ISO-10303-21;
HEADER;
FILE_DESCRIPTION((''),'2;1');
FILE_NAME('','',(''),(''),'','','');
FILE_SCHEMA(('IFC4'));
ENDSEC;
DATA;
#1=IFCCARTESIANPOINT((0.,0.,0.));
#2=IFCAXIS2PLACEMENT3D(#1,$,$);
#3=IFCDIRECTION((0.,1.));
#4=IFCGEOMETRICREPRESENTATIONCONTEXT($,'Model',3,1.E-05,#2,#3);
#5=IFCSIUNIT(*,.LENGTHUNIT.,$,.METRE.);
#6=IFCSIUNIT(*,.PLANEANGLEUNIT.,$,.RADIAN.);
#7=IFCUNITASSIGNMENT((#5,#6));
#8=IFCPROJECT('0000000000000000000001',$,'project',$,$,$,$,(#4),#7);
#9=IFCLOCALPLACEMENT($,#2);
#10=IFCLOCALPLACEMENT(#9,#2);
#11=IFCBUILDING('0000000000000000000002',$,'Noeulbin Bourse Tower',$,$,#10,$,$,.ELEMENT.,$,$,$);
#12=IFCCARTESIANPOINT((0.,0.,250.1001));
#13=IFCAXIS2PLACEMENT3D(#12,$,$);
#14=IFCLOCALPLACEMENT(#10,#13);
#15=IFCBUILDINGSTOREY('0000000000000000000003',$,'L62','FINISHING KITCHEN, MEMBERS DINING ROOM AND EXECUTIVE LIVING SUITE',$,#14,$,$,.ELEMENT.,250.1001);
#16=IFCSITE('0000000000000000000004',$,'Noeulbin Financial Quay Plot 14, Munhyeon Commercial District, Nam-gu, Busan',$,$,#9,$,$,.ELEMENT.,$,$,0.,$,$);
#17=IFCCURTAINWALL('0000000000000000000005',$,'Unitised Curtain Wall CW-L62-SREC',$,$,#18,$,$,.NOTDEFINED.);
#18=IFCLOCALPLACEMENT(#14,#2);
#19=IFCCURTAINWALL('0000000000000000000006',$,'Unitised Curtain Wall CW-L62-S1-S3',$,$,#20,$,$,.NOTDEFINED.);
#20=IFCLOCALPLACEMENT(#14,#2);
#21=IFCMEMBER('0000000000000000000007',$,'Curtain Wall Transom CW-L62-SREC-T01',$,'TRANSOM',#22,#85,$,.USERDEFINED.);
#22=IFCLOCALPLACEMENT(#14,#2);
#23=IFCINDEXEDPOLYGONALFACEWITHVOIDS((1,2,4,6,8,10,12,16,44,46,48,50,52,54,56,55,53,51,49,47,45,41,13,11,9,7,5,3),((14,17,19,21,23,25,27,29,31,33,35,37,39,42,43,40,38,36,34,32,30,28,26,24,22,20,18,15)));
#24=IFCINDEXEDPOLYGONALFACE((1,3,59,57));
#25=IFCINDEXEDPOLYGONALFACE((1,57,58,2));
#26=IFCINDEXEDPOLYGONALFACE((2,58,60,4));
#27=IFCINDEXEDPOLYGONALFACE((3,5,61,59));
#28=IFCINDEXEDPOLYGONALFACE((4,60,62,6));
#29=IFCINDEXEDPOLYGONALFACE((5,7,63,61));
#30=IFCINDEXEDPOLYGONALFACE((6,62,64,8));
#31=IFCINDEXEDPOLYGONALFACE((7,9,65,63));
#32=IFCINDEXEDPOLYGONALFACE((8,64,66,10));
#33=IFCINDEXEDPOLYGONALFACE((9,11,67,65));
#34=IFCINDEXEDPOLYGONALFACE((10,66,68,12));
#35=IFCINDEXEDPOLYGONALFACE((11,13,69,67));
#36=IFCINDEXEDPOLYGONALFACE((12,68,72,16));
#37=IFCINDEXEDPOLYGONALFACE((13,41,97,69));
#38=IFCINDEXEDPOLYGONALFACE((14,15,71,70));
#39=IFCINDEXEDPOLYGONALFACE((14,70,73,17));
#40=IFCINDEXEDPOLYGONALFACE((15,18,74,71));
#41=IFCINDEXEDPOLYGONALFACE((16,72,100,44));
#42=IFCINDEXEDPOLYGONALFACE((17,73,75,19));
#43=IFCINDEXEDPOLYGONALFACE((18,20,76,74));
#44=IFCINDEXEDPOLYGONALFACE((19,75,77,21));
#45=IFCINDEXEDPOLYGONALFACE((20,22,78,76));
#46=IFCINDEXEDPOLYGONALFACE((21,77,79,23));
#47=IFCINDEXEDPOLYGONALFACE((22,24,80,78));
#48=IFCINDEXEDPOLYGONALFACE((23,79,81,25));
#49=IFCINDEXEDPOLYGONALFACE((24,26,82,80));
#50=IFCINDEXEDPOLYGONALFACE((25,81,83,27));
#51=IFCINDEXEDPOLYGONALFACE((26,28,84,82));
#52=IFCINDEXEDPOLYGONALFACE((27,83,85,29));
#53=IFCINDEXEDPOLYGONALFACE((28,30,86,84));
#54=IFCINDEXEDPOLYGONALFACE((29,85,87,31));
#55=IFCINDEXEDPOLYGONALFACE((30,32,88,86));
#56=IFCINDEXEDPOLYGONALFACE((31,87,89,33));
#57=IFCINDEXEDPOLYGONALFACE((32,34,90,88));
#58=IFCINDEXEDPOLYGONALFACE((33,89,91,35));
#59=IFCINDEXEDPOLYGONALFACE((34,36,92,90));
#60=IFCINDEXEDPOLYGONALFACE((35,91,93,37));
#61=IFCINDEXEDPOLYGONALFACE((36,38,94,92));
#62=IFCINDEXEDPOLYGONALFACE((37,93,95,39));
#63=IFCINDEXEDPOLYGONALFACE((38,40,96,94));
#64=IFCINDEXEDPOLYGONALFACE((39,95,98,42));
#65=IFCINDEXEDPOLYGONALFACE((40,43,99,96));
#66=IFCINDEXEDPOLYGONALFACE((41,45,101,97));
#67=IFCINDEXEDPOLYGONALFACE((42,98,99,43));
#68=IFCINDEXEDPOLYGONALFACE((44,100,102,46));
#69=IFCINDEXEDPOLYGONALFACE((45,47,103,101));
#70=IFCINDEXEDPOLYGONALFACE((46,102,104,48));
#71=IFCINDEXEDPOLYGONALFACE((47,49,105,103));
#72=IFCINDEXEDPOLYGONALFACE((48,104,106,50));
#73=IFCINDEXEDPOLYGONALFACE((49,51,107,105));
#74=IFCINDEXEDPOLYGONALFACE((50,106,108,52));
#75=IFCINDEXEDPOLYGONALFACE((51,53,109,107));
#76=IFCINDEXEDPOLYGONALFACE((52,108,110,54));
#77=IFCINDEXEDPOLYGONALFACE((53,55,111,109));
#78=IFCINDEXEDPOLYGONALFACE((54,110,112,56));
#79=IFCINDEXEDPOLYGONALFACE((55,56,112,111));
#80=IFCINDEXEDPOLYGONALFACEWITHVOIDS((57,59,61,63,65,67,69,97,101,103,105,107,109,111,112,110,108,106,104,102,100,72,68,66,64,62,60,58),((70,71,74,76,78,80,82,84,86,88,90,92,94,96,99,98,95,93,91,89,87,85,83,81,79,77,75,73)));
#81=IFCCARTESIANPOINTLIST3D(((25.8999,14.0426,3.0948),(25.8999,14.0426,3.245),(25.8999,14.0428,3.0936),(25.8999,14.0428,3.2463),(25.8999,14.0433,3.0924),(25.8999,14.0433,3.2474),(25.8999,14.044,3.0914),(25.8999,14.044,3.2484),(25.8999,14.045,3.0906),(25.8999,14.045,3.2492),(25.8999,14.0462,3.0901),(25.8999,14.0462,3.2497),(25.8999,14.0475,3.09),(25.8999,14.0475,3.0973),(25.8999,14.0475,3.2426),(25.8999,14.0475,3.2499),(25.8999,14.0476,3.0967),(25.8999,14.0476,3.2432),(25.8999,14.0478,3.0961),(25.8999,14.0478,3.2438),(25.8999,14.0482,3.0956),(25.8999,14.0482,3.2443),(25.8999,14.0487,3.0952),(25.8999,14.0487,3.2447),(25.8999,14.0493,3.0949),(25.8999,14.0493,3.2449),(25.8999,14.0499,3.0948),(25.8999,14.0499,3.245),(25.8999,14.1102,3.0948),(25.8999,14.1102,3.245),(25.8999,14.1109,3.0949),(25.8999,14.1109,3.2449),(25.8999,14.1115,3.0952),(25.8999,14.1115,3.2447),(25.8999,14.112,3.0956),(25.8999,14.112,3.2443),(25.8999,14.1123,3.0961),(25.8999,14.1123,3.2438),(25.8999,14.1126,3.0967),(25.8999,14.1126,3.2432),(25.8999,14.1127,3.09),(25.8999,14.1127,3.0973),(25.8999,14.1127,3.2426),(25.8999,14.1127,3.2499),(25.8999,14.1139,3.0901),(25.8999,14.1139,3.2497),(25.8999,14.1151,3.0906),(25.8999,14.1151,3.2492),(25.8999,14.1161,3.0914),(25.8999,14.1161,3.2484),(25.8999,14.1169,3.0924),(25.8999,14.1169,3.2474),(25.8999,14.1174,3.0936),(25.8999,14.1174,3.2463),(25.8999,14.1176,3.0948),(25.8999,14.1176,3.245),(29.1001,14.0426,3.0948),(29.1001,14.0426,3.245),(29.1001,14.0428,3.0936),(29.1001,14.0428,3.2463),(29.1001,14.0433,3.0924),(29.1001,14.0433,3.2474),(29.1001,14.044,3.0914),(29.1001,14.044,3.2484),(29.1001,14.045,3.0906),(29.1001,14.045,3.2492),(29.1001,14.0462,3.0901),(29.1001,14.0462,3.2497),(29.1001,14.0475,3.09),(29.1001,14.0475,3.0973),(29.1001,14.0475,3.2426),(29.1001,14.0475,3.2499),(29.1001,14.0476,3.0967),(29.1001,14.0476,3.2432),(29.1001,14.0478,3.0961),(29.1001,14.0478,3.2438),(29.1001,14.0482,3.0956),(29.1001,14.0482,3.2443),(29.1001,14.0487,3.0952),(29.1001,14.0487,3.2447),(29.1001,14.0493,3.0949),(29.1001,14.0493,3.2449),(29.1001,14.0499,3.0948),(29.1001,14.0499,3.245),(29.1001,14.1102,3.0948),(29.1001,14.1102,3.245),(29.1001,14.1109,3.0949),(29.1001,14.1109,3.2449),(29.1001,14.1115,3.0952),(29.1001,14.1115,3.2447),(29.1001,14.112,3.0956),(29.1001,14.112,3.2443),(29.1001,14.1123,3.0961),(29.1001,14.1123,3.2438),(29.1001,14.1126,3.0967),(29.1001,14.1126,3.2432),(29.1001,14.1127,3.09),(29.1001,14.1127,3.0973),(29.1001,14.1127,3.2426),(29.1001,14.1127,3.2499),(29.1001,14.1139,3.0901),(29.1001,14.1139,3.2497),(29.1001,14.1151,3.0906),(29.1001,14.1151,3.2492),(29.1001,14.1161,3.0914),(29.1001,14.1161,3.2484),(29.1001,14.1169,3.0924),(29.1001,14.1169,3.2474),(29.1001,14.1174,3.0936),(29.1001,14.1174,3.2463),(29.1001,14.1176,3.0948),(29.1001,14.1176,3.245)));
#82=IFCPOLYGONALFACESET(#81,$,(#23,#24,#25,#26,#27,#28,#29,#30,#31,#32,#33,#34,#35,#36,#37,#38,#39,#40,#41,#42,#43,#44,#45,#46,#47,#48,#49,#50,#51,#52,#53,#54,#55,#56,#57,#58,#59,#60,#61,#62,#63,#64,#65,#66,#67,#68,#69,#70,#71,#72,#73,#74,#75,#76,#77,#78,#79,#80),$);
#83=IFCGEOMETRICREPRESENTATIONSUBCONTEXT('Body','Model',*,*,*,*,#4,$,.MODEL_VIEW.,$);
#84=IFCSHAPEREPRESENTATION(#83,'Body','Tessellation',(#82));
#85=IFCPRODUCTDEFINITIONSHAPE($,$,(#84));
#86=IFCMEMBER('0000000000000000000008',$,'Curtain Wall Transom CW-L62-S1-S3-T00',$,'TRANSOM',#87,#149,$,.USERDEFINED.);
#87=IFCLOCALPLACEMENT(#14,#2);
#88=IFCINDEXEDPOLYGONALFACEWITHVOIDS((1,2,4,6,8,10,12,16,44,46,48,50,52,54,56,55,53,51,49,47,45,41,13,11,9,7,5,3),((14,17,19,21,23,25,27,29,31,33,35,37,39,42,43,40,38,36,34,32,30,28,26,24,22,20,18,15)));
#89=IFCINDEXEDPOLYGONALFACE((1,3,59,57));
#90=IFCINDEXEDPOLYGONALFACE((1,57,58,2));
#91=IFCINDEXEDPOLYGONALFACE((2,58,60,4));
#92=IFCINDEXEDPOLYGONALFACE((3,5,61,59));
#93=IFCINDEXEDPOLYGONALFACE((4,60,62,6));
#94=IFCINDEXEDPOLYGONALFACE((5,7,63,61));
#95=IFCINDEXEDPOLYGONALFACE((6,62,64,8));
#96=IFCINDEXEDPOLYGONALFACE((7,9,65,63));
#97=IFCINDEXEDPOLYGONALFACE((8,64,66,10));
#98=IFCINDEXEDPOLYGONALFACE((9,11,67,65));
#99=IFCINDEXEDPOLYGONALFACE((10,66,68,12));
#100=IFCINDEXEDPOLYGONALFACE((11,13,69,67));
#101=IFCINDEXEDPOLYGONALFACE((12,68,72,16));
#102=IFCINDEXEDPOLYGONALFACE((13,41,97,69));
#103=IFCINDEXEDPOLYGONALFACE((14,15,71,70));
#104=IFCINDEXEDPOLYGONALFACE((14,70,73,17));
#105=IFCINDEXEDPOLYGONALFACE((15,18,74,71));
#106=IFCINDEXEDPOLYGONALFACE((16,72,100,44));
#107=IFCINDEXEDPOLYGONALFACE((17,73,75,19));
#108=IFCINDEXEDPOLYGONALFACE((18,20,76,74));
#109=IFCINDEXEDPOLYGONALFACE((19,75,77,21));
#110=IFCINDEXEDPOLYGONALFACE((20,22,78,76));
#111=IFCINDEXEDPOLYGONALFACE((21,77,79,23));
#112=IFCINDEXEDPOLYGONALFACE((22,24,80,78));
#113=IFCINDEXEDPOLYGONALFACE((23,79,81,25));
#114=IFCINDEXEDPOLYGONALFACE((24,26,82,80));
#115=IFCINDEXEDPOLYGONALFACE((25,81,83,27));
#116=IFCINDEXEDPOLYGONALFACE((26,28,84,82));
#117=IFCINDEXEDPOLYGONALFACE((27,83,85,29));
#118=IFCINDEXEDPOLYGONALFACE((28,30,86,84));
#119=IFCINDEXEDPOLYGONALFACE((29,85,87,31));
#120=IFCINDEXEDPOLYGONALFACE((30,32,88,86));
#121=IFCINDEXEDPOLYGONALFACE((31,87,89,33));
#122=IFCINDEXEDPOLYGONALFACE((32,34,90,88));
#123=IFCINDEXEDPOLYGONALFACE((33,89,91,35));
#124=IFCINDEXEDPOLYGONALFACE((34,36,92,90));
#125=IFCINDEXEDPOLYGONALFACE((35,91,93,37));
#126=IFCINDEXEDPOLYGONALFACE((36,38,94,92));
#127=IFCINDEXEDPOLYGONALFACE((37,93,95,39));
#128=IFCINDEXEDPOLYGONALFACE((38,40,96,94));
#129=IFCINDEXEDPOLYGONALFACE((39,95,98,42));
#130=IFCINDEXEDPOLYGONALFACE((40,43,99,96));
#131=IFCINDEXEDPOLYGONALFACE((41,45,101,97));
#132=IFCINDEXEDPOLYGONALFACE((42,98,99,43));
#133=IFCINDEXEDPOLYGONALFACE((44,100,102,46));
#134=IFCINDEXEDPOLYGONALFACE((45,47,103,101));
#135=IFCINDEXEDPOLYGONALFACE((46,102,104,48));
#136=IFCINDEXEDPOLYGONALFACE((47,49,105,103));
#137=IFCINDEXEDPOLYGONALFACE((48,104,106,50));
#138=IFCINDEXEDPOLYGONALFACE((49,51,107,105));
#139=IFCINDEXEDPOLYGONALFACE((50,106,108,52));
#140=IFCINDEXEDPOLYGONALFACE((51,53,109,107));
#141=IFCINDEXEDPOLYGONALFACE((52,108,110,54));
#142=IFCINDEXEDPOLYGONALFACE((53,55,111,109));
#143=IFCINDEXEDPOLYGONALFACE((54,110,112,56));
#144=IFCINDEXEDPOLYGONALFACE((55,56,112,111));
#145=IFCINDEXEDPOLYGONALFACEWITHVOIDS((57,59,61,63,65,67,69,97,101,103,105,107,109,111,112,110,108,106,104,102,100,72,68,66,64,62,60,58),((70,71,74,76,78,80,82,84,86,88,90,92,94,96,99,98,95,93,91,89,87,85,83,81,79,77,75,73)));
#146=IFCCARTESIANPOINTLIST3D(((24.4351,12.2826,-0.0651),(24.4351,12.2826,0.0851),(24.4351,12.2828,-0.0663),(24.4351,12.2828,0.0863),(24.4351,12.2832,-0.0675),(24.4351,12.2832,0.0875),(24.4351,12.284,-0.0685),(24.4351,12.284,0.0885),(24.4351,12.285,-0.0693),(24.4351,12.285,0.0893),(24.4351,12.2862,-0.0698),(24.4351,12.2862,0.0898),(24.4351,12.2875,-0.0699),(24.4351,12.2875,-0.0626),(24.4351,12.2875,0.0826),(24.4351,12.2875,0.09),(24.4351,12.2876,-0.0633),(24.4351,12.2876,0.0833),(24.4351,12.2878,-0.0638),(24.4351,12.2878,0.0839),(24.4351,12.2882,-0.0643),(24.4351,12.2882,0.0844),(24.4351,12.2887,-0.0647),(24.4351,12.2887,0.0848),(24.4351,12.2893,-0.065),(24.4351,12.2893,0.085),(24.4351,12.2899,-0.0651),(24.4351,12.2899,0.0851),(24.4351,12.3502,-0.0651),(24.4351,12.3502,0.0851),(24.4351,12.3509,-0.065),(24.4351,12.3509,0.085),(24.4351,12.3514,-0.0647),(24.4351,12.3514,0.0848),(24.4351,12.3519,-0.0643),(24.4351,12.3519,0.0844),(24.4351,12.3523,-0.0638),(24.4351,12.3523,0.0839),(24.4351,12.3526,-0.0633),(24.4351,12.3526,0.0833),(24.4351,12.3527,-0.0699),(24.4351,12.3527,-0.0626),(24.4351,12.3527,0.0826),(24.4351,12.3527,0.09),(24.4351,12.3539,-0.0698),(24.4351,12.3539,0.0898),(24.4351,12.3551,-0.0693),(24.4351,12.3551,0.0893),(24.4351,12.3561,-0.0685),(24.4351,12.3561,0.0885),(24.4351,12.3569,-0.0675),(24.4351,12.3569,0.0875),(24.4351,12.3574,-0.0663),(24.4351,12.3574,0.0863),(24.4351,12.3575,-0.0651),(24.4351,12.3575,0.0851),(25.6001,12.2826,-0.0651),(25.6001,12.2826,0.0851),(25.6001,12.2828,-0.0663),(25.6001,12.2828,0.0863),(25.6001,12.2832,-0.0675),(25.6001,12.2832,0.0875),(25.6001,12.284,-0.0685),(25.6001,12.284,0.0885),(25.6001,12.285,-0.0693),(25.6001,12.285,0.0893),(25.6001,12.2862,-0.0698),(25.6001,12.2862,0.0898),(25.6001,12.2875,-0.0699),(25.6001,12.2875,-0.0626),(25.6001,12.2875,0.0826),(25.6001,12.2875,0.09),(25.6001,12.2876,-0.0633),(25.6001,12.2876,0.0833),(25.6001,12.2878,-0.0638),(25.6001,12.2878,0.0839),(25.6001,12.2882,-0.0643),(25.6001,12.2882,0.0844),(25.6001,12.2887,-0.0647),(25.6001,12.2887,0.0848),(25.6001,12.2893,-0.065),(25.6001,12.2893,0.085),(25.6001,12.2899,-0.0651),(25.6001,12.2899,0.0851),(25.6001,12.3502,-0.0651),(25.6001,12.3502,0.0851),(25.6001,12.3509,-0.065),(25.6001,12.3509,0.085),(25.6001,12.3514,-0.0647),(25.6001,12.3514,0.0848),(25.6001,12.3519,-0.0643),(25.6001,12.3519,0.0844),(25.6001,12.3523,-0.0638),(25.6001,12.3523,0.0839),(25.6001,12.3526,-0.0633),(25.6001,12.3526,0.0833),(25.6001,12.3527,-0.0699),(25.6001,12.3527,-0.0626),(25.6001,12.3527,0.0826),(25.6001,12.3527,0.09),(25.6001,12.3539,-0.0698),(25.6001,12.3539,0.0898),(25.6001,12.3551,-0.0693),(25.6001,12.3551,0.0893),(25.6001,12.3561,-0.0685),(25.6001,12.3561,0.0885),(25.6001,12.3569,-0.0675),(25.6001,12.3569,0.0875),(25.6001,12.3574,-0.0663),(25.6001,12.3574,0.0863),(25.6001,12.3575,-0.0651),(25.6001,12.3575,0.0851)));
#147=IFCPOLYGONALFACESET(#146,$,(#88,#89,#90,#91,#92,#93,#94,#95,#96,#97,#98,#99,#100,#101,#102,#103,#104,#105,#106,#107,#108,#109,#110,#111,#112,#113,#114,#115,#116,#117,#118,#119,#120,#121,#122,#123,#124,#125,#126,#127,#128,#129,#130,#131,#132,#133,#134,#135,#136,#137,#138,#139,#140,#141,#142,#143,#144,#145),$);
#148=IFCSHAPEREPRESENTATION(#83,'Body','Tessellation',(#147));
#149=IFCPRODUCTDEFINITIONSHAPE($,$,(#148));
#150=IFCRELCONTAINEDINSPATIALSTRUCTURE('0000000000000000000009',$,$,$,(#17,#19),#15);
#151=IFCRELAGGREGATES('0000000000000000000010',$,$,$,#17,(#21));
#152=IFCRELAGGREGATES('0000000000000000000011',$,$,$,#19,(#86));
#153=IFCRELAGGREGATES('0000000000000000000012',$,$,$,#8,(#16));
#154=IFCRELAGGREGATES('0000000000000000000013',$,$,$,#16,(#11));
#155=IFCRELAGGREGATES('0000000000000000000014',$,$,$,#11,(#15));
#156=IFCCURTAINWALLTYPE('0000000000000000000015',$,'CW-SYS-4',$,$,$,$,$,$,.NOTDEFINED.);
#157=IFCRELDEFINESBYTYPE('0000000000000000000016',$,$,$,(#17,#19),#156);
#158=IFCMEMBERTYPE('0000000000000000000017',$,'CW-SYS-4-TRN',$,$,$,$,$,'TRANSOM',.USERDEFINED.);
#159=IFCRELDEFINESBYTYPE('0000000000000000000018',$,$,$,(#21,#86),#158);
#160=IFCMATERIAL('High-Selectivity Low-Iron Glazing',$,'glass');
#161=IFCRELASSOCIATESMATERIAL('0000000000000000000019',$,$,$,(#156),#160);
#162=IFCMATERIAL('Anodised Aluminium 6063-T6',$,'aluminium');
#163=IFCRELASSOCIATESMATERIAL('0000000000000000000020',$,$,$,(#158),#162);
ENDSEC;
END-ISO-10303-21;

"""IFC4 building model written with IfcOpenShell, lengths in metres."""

from ifc_helpers import new_model, si_unit, direction, frame, origin, origin_2d, place, context, subcontext, project, spatial, hollow_rectangle, extrude, material, material_profile, profile_set, type_object, element, aggregate, save


model = new_model("IFC4")

# Units and contexts
model_context = context("Model", 3, precision=1e-05, world=origin(), true_north=direction((0.0, 1.0)))
body_context = subcontext(model_context, "Body", "Model", "MODEL_VIEW")
ifc_project = project(units=[si_unit("LENGTHUNIT", "METRE"), si_unit("PLANEANGLEUNIT", "RADIAN")], contexts=[model_context])

# Site, building, storey
site_placement = place(None, origin())
site = spatial("IfcSite", under=ifc_project, at=site_placement, Name="Noeulbin Financial Quay Plot 14, Munhyeon Commercial District, Nam-gu, Busan", CompositionType="ELEMENT", RefElevation=0.0)
building_placement = place(site_placement, origin())
building = spatial("IfcBuilding", under=site, at=building_placement, Name="Noeulbin Bourse Tower", CompositionType="ELEMENT")
storey_placement = place(building_placement, frame((0.0, 0.0, 250.1001)))
storey = spatial("IfcBuildingStorey", under=building, at=storey_placement, Name="L62", Description="FINISHING KITCHEN, MEMBERS DINING ROOM AND EXECUTIVE LIVING SUITE", CompositionType="ELEMENT", Elevation=250.1001)

# Curtain wall
ifc_material_1 = material(Name="High-Selectivity Low-Iron Glazing", Category="glass")
curtain_wall_type = type_object("IfcCurtainWallType", Name="CW-SYS-4", PredefinedType="NOTDEFINED", material=ifc_material_1)
curtain_wall_1_placement = place(storey_placement, origin())
curtain_wall_1 = element("IfcCurtainWall", 1, at=curtain_wall_1_placement, inside=storey, type_object=curtain_wall_type, Name="Unitised Curtain Wall CW-L62-SREC", PredefinedType="NOTDEFINED")
ifc_material_2 = material(Name="Anodised Aluminium 6063-T6", Category="aluminium")

# Curtain wall
curtain_wall_2_placement = place(storey_placement, origin())
curtain_wall_2 = element("IfcCurtainWall", 2, at=curtain_wall_2_placement, inside=storey, type_object=curtain_wall_type, Name="Unitised Curtain Wall CW-L62-S1-S3", PredefinedType="NOTDEFINED")

# Members
ifc_material_profile_1 = material_profile(ifc_material_2, hollow_rectangle(XDim=0.075, YDim=0.1599, WallThickness=0.0049, InnerFilletRadius=0.0024, OuterFilletRadius=0.0049, at=origin_2d()), Name="ALU-TRAN-75x160x5", Category="LoadBearing")
ifc_profile_set_1 = profile_set([ifc_material_profile_1], Name="Anodised Aluminium 6063-T6")
member_type_1 = type_object("IfcMemberType", Name="CW-SYS-4-TRN", ElementType="TRANSOM", PredefinedType="USERDEFINED", material=ifc_profile_set_1)
member_1_placement = place(storey_placement, frame((25.8999, 14.0801, 3.1699), z_axis=(1.0, 0.0, 0.0), x_axis=(0.0, 1.0, 0.0)))
member_1 = element("IfcMember", 3, at=member_1_placement, type_object=member_type_1, Name="Curtain Wall Transom CW-L62-SREC-T01", ObjectType="TRANSOM", PredefinedType="USERDEFINED", context=body_context, shape_type="SweptSolid", body=[
    extrude(hollow_rectangle(XDim=0.075, YDim=0.1599, WallThickness=0.0049, InnerFilletRadius=0.0024, OuterFilletRadius=0.0049, at=origin_2d()), origin(), (0.0, 0.0, 1.0), 3.2002),
])
member_2_placement = place(storey_placement, frame((24.4351, 12.3201, 0.01), z_axis=(1.0, 0.0, 0.0), x_axis=(0.0, 1.0, 0.0)))
member_2 = element("IfcMember", 4, at=member_2_placement, type_object=member_type_1, Name="Curtain Wall Transom CW-L62-S1-S3-T00", ObjectType="TRANSOM", PredefinedType="USERDEFINED", context=body_context, shape_type="SweptSolid", body=[
    extrude(hollow_rectangle(XDim=0.075, YDim=0.1599, WallThickness=0.0049, InnerFilletRadius=0.0024, OuterFilletRadius=0.0049, at=origin_2d()), origin(), (0.0, 0.0, 1.0), 1.165),
])

aggregate(curtain_wall_1, [member_1])
aggregate(curtain_wall_2, [member_2])

save(model, "model.ifc")
